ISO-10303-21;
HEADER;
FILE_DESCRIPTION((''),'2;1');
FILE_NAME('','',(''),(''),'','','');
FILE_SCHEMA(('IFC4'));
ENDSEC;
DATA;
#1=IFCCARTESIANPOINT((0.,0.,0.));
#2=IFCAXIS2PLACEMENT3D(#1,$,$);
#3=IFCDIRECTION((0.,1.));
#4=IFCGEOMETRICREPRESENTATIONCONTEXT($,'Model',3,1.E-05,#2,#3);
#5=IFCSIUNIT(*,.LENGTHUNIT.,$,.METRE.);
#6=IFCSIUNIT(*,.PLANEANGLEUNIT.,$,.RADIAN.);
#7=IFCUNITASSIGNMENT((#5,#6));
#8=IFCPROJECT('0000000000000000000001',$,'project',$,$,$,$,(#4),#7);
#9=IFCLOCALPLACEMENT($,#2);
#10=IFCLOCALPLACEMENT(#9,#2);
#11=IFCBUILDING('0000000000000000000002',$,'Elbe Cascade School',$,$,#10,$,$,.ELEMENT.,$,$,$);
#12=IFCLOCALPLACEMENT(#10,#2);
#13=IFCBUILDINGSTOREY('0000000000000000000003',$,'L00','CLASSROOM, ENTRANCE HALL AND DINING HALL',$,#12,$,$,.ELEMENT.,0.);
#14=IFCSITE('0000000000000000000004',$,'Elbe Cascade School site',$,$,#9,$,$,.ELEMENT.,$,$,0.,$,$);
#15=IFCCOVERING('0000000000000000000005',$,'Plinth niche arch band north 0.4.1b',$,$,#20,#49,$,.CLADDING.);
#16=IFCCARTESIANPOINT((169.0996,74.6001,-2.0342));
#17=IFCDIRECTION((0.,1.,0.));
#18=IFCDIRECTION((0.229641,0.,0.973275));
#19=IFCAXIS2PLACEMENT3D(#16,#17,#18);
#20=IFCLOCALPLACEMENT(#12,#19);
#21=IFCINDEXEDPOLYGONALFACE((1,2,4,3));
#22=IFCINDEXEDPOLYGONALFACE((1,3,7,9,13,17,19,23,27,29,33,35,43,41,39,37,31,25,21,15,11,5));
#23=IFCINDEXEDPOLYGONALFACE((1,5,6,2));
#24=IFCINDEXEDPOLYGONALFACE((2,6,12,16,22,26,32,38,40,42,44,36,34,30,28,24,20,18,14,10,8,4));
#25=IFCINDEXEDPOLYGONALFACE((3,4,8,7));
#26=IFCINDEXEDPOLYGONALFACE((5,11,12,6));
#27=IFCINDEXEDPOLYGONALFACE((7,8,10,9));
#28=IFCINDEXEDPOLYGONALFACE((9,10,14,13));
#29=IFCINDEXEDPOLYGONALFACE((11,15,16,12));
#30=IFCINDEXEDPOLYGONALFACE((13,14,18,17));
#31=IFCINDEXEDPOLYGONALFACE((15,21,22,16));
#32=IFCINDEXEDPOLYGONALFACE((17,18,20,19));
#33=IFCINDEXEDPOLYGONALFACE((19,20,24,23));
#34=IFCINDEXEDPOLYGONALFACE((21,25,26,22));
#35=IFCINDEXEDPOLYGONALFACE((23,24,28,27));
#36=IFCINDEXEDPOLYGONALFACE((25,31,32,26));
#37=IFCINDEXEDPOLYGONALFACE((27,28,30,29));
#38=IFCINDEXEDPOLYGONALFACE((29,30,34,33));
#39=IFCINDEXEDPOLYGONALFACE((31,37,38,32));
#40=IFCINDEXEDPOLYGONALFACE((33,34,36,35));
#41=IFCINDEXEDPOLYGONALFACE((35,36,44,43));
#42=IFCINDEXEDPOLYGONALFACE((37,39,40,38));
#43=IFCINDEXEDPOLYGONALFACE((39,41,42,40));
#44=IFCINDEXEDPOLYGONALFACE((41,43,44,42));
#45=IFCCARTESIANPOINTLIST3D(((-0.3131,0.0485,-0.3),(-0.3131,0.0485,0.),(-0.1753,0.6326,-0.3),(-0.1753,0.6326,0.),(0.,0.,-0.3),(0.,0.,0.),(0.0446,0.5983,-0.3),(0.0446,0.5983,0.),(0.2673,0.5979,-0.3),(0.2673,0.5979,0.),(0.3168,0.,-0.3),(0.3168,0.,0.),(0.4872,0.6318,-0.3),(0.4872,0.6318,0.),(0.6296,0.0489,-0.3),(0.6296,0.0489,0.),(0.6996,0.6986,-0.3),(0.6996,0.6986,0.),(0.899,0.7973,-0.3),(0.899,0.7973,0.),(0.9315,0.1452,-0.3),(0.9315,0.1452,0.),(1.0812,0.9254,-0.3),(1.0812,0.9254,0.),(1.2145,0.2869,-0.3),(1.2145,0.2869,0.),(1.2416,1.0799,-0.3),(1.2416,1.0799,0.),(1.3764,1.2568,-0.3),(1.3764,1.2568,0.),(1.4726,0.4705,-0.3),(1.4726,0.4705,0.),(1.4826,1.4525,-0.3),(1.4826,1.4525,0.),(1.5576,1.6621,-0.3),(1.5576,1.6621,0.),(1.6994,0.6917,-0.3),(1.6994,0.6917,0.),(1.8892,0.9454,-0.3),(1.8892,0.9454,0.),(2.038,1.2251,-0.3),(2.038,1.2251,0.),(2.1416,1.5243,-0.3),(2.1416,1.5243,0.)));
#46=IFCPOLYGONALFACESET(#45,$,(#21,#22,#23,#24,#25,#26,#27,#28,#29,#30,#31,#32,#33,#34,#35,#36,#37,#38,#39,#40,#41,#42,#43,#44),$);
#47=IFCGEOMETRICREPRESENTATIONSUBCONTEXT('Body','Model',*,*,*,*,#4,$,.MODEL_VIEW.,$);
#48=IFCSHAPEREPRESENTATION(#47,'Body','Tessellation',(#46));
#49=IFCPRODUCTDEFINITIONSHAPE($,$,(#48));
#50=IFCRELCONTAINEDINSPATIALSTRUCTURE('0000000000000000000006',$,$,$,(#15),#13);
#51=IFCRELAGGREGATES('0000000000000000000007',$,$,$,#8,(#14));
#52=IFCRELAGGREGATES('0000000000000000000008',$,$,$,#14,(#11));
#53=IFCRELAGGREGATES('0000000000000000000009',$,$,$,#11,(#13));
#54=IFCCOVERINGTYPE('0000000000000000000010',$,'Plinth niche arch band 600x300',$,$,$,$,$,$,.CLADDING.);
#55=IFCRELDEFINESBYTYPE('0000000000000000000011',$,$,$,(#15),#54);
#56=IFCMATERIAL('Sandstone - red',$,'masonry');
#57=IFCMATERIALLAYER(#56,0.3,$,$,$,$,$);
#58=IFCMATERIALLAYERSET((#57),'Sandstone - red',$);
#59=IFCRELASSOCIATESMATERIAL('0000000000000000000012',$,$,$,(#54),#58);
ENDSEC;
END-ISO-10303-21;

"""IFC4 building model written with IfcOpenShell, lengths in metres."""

from ifc_helpers import new_model, si_unit, direction, frame, origin, place, context, subcontext, project, spatial, polyline, outline, extrude, material, layer, layer_set, type_object, element, save


model = new_model("IFC4")

# Units and contexts
model_context = context("Model", 3, precision=1e-05, world=origin(), true_north=direction((0.0, 1.0)))
body_context = subcontext(model_context, "Body", "Model", "MODEL_VIEW")
ifc_project = project(units=[si_unit("LENGTHUNIT", "METRE"), si_unit("PLANEANGLEUNIT", "RADIAN")], contexts=[model_context])

# Site, building, storey
site_placement = place(None, origin())
site = spatial("IfcSite", under=ifc_project, at=site_placement, Name="Elbe Cascade School site", CompositionType="ELEMENT", RefElevation=0.0)
building_placement = place(site_placement, origin())
building = spatial("IfcBuilding", under=site, at=building_placement, Name="Elbe Cascade School", CompositionType="ELEMENT")
storey_placement = place(building_placement, origin())
storey = spatial("IfcBuildingStorey", under=building, at=storey_placement, Name="L00", Description="CLASSROOM, ENTRANCE HALL AND DINING HALL", CompositionType="ELEMENT", Elevation=0.0)

# Covering
ifc_material_1 = material(Name="Sandstone - red", Category="masonry")
ifc_layer_1 = layer(ifc_material_1, 0.3)
ifc_layer_set_1 = layer_set([ifc_layer_1], Name="Sandstone - red")
covering_type_1 = type_object("IfcCoveringType", Name="Plinth niche arch band 600x300", PredefinedType="CLADDING", material=ifc_layer_set_1)
covering_1_placement = place(storey_placement, frame((169.0996, 74.6001, -2.0342), z_axis=(0.0, 1.0, 0.0), x_axis=(0.229641, 0.0, 0.973275)))
element("IfcCovering", 1, at=covering_1_placement, inside=storey, type_object=covering_type_1, Name="Plinth niche arch band north 0.4.1b", PredefinedType="CLADDING", context=body_context, shape_type="SweptSolid", body=[
    extrude(outline(polyline([(0.0, 0.0), (0.3168, 0.0), (0.6296, 0.0489), (0.9315, 0.1452), (1.2145, 0.2869), (1.4726, 0.4705), (1.6994, 0.6917), (1.8892, 0.9454), (2.038, 1.2251), (2.1416, 1.5243), (1.5576, 1.6621), (1.4826, 1.4525), (1.3764, 1.2568), (1.2416, 1.0799), (1.0812, 0.9254), (0.899, 0.7973), (0.6996, 0.6986), (0.4872, 0.6318), (0.2673, 0.5979), (0.0446, 0.5983), (-0.1753, 0.6326), (-0.3131, 0.0485), (0.0, 0.0)])), origin(), (0.0, 0.0, -1.0), 0.3),
])

save(model, "model.ifc")
